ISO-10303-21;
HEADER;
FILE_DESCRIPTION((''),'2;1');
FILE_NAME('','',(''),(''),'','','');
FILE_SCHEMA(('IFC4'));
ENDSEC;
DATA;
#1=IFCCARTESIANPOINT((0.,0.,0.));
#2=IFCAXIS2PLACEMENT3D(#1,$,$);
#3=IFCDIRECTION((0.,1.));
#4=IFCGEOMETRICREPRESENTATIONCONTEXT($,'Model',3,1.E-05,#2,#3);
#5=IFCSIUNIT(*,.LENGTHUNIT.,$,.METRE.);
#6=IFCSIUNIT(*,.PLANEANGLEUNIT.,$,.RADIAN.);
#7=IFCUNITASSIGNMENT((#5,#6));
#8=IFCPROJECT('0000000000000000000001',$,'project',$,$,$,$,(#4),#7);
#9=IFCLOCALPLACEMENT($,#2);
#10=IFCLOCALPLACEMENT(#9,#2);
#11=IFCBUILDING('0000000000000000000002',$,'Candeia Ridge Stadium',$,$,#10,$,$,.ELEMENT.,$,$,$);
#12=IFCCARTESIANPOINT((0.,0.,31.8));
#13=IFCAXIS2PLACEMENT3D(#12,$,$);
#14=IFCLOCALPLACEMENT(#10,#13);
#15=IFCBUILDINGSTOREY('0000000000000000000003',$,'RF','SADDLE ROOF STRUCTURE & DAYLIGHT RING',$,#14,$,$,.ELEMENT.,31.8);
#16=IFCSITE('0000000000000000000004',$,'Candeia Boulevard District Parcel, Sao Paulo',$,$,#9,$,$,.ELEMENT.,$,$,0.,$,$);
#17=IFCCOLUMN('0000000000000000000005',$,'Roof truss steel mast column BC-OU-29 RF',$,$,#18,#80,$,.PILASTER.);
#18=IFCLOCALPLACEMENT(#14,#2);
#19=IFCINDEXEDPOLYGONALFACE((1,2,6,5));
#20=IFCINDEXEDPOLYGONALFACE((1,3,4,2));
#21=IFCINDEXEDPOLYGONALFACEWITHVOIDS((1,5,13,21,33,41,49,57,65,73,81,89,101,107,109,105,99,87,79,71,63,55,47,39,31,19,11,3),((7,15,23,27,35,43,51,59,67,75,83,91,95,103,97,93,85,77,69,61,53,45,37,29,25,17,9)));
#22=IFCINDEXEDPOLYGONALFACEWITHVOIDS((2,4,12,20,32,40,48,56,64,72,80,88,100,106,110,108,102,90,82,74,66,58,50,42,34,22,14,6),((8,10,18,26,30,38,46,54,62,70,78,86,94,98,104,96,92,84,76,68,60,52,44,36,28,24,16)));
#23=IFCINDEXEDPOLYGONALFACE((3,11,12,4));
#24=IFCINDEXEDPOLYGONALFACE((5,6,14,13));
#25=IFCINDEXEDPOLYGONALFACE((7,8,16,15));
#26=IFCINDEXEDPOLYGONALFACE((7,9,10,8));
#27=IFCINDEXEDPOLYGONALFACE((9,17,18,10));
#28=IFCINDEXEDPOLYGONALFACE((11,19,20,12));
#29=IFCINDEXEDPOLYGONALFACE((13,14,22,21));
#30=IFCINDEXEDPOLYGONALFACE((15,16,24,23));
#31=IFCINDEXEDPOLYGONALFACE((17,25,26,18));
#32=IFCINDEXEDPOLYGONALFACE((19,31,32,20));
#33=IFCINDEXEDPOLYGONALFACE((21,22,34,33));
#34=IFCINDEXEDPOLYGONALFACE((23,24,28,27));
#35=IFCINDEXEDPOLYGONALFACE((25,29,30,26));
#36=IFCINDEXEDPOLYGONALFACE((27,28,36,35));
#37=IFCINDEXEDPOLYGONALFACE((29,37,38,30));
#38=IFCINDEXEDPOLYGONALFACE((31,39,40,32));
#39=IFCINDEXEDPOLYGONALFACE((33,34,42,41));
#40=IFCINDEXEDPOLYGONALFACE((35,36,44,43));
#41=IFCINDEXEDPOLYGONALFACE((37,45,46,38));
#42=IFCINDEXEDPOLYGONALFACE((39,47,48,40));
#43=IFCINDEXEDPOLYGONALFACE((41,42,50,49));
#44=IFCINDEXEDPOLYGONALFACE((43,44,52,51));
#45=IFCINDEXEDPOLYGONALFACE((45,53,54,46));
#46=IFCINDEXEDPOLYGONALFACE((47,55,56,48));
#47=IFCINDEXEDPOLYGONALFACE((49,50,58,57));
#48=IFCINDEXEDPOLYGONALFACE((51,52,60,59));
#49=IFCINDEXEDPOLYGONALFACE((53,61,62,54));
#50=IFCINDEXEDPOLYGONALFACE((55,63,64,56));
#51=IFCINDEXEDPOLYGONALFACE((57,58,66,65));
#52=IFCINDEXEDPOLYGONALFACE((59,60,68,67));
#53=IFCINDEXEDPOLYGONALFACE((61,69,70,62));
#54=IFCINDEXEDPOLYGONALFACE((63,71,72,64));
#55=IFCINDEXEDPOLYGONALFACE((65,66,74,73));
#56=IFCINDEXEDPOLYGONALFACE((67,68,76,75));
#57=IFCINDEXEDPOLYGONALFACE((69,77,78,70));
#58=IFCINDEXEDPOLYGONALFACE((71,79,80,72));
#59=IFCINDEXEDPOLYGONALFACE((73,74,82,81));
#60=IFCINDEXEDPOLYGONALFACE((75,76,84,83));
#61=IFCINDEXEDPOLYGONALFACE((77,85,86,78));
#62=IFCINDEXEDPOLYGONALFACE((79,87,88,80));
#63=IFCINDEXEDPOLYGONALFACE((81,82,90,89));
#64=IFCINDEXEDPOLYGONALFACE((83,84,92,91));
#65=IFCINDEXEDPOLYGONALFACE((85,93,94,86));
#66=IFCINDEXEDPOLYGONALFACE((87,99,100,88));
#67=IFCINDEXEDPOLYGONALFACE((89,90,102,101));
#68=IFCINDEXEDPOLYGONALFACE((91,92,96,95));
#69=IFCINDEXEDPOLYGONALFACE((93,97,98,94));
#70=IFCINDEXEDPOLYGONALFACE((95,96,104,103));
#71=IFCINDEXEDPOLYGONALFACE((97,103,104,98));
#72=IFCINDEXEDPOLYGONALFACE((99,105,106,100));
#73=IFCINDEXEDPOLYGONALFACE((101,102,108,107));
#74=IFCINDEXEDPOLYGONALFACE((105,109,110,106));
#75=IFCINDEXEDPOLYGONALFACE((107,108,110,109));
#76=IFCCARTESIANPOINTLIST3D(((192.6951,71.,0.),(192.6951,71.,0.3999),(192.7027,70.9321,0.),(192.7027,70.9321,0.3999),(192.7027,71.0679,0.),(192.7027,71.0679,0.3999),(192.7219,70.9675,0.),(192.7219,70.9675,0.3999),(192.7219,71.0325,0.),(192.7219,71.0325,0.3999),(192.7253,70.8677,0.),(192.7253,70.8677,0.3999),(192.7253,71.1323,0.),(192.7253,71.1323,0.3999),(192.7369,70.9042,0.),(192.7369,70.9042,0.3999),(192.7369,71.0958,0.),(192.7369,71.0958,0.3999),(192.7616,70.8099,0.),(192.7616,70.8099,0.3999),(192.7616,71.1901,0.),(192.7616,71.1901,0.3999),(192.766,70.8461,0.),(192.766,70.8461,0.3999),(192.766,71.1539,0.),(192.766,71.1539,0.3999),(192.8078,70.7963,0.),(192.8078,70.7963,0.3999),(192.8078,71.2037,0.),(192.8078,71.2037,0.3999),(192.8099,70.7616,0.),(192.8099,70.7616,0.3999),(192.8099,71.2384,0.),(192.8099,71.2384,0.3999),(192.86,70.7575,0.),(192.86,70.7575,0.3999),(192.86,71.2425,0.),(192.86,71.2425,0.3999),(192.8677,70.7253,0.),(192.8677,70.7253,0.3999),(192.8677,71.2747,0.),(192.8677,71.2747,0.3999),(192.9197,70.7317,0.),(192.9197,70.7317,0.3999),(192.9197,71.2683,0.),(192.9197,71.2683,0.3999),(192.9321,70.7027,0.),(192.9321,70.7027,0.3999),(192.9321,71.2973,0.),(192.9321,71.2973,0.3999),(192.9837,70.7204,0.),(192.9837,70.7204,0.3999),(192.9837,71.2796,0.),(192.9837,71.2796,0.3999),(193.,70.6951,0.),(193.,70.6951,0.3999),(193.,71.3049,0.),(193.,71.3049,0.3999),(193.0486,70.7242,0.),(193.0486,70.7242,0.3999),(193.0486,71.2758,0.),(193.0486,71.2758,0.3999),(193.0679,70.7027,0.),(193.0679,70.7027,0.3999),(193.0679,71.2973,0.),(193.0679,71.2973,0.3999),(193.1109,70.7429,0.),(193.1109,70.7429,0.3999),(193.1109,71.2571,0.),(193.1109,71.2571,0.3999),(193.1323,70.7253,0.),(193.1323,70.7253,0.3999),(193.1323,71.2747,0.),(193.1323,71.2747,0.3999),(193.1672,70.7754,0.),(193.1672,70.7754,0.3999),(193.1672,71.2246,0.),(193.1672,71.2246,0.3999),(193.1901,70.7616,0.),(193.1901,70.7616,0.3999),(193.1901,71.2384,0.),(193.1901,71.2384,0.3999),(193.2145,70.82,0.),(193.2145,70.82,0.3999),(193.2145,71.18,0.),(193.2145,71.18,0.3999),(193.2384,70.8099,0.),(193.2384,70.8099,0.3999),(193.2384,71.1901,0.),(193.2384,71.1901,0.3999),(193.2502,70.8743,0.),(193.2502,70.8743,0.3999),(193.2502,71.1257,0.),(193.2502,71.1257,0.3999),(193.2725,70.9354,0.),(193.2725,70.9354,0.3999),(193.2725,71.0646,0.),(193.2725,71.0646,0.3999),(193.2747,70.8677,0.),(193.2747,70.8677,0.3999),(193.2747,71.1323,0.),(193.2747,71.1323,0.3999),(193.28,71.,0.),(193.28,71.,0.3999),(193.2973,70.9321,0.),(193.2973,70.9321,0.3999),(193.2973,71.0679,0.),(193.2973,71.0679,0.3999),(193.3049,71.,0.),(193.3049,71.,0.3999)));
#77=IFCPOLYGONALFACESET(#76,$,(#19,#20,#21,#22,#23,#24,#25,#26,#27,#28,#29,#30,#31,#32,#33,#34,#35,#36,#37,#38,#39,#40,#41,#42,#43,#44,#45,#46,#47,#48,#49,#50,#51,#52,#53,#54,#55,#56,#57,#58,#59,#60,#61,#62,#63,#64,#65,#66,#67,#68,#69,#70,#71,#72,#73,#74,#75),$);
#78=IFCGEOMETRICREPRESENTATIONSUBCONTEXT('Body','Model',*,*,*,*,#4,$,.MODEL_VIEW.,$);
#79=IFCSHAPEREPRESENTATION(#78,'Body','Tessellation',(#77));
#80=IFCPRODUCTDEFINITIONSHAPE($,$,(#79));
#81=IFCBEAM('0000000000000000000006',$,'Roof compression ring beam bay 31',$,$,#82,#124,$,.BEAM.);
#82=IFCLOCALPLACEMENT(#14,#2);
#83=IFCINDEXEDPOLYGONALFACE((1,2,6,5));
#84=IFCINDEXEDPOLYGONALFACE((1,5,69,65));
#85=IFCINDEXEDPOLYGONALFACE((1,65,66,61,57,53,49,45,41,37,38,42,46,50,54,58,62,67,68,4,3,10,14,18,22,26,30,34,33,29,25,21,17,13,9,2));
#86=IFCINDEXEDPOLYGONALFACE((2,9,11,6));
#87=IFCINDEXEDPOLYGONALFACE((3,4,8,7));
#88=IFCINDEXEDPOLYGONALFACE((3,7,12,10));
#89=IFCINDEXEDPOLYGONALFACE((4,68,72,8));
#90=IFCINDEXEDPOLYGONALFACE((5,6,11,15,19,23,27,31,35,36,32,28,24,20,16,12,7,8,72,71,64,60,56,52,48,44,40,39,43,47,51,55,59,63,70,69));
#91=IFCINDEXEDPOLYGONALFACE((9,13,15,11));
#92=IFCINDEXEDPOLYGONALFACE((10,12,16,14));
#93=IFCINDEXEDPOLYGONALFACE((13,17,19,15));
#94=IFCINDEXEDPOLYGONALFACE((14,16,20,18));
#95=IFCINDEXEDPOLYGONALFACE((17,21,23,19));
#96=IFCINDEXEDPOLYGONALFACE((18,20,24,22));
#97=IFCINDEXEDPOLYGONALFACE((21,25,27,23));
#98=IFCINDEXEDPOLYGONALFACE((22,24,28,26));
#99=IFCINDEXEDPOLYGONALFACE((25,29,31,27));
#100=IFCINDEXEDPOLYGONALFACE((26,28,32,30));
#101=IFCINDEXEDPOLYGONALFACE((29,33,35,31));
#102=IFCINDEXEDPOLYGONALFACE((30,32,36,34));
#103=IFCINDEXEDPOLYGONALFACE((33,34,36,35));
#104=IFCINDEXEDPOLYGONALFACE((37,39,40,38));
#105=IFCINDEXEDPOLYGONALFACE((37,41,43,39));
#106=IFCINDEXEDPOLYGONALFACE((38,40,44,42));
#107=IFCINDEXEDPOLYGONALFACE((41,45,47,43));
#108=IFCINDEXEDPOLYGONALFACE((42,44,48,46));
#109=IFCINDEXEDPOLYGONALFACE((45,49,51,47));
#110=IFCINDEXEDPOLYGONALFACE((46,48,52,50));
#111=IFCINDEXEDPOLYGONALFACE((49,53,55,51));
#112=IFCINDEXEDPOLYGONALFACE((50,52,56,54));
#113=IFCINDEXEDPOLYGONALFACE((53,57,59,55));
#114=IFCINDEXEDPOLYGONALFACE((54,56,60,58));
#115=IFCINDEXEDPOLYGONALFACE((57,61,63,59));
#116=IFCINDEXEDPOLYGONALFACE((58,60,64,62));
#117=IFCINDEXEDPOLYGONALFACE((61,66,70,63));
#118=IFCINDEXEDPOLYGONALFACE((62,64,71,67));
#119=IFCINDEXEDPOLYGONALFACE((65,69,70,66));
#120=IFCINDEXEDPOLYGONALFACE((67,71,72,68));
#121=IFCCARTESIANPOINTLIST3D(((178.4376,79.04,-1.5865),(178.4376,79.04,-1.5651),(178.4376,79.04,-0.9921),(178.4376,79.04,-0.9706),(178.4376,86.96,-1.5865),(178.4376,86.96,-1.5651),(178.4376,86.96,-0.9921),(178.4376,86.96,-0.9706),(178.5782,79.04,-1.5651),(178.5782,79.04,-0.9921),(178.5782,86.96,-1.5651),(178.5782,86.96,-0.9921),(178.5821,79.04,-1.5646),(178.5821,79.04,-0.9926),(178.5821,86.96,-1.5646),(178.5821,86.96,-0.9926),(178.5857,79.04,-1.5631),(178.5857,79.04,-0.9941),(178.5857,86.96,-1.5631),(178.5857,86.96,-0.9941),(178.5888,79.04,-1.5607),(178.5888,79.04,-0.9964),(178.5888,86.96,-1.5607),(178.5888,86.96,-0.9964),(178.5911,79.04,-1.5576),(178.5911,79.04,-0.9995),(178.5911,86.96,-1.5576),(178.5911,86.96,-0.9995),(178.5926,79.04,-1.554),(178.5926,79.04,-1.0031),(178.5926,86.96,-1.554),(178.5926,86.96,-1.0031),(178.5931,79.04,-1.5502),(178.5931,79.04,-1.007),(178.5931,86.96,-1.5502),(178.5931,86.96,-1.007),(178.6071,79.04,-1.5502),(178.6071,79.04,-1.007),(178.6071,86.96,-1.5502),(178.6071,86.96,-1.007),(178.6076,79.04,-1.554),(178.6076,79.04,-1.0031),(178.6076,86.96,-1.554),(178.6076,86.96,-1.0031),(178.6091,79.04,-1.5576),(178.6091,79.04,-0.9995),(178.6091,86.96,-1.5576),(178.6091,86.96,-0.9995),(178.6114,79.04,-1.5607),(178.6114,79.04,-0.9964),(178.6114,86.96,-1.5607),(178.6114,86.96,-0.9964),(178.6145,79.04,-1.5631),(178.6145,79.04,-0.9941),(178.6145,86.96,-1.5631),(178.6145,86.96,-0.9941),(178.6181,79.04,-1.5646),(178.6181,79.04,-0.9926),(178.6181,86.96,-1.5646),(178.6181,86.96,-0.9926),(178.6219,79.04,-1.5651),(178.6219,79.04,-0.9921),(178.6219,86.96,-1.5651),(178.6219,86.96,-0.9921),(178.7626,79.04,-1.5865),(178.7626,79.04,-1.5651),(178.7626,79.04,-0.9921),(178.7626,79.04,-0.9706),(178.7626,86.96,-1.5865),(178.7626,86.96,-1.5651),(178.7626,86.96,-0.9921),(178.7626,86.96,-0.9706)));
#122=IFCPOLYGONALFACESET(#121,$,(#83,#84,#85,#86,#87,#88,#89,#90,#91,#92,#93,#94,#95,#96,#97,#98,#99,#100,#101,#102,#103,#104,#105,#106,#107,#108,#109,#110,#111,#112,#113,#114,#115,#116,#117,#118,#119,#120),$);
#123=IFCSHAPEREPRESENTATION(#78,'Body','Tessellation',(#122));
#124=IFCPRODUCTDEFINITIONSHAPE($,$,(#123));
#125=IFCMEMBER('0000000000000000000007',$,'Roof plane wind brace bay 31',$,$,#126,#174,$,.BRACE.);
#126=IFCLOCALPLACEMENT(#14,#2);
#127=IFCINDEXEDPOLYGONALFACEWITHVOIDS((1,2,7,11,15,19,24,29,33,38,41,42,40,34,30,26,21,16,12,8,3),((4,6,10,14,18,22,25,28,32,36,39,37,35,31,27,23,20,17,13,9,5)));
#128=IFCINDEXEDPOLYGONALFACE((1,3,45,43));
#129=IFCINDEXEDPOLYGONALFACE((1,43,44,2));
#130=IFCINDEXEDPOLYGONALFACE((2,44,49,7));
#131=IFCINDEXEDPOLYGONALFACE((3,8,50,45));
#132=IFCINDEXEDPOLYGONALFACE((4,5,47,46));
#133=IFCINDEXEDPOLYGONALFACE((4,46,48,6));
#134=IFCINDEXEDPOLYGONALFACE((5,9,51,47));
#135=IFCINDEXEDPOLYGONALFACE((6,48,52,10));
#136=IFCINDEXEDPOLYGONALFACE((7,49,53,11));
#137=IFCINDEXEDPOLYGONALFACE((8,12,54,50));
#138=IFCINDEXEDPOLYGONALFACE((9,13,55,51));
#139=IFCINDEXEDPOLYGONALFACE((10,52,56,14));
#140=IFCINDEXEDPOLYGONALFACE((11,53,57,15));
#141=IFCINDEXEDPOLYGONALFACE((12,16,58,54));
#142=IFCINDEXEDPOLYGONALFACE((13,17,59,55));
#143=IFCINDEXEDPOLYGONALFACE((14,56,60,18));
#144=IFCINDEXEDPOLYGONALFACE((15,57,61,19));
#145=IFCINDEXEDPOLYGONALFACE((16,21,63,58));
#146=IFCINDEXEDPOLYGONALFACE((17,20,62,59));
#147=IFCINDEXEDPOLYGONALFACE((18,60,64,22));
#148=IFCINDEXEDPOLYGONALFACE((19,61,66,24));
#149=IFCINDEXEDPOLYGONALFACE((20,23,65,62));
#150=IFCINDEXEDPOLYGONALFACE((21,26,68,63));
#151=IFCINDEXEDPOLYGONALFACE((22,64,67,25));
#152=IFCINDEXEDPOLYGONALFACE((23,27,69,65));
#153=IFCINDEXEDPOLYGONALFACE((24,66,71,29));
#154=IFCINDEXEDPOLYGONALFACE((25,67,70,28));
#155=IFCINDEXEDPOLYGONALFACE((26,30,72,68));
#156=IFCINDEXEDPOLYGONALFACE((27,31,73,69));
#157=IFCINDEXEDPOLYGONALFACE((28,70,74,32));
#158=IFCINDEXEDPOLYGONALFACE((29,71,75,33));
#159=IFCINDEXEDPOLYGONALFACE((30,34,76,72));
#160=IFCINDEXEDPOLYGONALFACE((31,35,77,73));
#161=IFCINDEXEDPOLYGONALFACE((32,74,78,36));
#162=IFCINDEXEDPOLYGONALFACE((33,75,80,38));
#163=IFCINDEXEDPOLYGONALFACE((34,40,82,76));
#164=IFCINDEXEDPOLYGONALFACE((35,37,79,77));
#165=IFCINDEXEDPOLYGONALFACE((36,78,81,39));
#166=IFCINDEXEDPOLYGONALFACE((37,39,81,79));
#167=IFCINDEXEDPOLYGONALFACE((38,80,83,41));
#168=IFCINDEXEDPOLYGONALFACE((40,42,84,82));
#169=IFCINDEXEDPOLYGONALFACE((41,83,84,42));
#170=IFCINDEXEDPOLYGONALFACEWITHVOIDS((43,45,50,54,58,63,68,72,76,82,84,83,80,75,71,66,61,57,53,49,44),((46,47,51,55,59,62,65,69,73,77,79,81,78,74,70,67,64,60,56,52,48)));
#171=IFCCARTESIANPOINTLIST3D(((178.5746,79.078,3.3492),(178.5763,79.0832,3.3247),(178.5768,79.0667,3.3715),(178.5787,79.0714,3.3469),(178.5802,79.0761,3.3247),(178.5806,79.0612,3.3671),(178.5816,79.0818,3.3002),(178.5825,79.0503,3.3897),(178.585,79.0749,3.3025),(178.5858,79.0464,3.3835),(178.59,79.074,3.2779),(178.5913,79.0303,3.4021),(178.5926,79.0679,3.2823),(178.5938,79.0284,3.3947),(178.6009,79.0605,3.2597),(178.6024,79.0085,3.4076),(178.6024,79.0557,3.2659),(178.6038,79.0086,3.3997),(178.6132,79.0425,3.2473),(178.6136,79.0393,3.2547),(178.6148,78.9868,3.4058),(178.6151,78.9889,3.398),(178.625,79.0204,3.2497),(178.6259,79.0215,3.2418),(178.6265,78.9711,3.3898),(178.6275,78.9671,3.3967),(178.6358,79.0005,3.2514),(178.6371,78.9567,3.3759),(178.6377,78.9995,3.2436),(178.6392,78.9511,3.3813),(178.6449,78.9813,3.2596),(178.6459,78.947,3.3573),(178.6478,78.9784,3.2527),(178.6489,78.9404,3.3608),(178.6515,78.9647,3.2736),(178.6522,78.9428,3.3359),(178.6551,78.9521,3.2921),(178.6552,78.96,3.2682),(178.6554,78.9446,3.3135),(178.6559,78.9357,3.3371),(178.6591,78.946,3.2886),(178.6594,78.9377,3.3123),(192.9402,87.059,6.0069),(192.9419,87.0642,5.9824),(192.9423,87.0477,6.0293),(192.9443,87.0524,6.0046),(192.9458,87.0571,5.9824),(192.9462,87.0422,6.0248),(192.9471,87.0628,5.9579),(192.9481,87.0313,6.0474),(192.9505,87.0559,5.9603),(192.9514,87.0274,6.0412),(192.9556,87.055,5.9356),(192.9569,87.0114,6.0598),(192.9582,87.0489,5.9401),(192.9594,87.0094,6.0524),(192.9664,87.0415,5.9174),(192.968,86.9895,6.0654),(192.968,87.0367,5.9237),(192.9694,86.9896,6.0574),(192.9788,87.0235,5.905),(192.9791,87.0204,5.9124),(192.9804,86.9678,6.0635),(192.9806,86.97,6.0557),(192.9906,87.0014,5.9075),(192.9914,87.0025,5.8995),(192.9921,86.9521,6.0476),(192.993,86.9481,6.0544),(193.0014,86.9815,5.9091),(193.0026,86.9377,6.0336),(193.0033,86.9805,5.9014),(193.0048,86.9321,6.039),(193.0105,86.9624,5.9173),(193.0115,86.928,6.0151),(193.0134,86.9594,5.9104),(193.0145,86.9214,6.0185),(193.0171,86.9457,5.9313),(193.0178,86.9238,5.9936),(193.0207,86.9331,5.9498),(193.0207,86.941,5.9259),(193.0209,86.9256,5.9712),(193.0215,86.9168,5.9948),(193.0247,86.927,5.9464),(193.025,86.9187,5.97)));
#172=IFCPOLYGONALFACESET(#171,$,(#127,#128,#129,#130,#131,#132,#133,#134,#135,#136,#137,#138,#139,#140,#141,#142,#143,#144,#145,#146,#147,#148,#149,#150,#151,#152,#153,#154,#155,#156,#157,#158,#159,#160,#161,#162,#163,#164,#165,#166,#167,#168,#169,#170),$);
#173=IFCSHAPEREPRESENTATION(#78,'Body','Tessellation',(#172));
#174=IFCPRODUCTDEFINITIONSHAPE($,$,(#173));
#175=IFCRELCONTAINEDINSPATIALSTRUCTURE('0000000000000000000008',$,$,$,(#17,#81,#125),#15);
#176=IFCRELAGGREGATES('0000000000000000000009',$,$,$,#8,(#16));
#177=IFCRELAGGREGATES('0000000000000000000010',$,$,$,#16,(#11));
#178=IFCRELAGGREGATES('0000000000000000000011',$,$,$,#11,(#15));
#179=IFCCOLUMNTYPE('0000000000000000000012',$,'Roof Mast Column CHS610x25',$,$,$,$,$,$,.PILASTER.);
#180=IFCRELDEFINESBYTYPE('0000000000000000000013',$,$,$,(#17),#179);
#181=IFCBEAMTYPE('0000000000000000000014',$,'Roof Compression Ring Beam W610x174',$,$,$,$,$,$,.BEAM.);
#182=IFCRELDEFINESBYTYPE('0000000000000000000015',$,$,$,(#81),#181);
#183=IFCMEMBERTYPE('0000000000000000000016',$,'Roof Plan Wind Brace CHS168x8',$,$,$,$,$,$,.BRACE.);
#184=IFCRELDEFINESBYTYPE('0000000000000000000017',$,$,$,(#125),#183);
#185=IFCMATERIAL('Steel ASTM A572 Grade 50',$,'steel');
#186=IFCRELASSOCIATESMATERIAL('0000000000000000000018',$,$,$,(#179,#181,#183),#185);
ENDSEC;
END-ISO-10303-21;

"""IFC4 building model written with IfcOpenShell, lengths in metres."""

from ifc_helpers import new_model, si_unit, direction, frame, origin, origin_2d, place, context, subcontext, project, spatial, hollow_circle, i_section, extrude, material, material_profile, profile_set, type_object, element, save


model = new_model("IFC4")

# Units and contexts
model_context = context("Model", 3, precision=1e-05, world=origin(), true_north=direction((0.0, 1.0)))
body_context = subcontext(model_context, "Body", "Model", "MODEL_VIEW")
ifc_project = project(units=[si_unit("LENGTHUNIT", "METRE"), si_unit("PLANEANGLEUNIT", "RADIAN")], contexts=[model_context])

# Site, building, storey
site_placement = place(None, origin())
site = spatial("IfcSite", under=ifc_project, at=site_placement, Name="Candeia Boulevard District Parcel, Sao Paulo", CompositionType="ELEMENT", RefElevation=0.0)
building_placement = place(site_placement, origin())
building = spatial("IfcBuilding", under=site, at=building_placement, Name="Candeia Ridge Stadium", CompositionType="ELEMENT")
storey_placement = place(building_placement, frame((0.0, 0.0, 31.8)))
storey = spatial("IfcBuildingStorey", under=building, at=storey_placement, Name="RF", Description="SADDLE ROOF STRUCTURE & DAYLIGHT RING", CompositionType="ELEMENT", Elevation=31.8)

# Column
ifc_material_1 = material(Name="Steel ASTM A572 Grade 50", Category="steel")
ifc_material_profile_1 = material_profile(ifc_material_1, hollow_circle(Radius=0.3049, WallThickness=0.0249, at=origin_2d()), Name="CHS610x25", Category="steel")
ifc_profile_set_1 = profile_set([ifc_material_profile_1], Name="Steel ASTM A572 Grade 50")
column_type = type_object("IfcColumnType", Name="Roof Mast Column CHS610x25", PredefinedType="PILASTER", material=ifc_profile_set_1)
column_placement = place(storey_placement, frame((193.0, 71.0, 0.0), z_axis=(0.0, 0.0, 1.0), x_axis=(1.0, 0.0, 0.0)))
element("IfcColumn", 1, at=column_placement, inside=storey, type_object=column_type, Name="Roof truss steel mast column BC-OU-29 RF", PredefinedType="PILASTER", context=body_context, shape_type="SweptSolid", body=[
    extrude(hollow_circle(Radius=0.3049, WallThickness=0.0249, at=origin_2d()), origin(), (0.0, 0.0, 1.0), 0.3999),
])

# Beam
ifc_material_profile_2 = material_profile(ifc_material_1, i_section(OverallWidth=0.325, OverallDepth=0.616, WebThickness=0.0139, FlangeThickness=0.0215, FilletRadius=0.0149, at=origin_2d()), Name="W610x174", Category="steel")
ifc_profile_set_2 = profile_set([ifc_material_profile_2], Name="Steel ASTM A572 Grade 50")
beam_type = type_object("IfcBeamType", Name="Roof Compression Ring Beam W610x174", PredefinedType="BEAM", material=ifc_profile_set_2)
beam_placement = place(storey_placement, frame((178.6001, 79.04, -1.2786), z_axis=(0.0, 1.0, 0.0), x_axis=(-1.0, 0.0, 0.0)))
element("IfcBeam", 2, at=beam_placement, inside=storey, type_object=beam_type, Name="Roof compression ring beam bay 31", PredefinedType="BEAM", context=body_context, shape_type="SweptSolid", body=[
    extrude(i_section(OverallWidth=0.325, OverallDepth=0.616, WebThickness=0.0139, FlangeThickness=0.0215, FilletRadius=0.0149, at=origin_2d()), origin(), (0.0, 0.0, 1.0), 7.9199),
])

# Member
ifc_material_profile_3 = material_profile(ifc_material_1, hollow_circle(Radius=0.0842, WallThickness=0.0081, at=origin_2d()), Name="CHS168x8", Category="steel")
ifc_profile_set_3 = profile_set([ifc_material_profile_3], Name="Steel ASTM A572 Grade 50")
member_type_1 = type_object("IfcMemberType", Name="Roof Plan Wind Brace CHS168x8", PredefinedType="BRACE", material=ifc_profile_set_3)
member_1_placement = place(storey_placement, frame((178.6172, 79.0095, 3.3247), z_axis=(0.862942, 0.47942, 0.15965), x_axis=(-0.485649, 0.874154, 0.0)))
element("IfcMember", 3, at=member_1_placement, inside=storey, type_object=member_type_1, Name="Roof plane wind brace bay 31", PredefinedType="BRACE", context=body_context, shape_type="SweptSolid", body=[
    extrude(hollow_circle(Radius=0.0842, WallThickness=0.0081, at=origin_2d()), origin(), (0.0, 0.0, 1.0), 16.6472),
])

save(model, "model.ifc")
